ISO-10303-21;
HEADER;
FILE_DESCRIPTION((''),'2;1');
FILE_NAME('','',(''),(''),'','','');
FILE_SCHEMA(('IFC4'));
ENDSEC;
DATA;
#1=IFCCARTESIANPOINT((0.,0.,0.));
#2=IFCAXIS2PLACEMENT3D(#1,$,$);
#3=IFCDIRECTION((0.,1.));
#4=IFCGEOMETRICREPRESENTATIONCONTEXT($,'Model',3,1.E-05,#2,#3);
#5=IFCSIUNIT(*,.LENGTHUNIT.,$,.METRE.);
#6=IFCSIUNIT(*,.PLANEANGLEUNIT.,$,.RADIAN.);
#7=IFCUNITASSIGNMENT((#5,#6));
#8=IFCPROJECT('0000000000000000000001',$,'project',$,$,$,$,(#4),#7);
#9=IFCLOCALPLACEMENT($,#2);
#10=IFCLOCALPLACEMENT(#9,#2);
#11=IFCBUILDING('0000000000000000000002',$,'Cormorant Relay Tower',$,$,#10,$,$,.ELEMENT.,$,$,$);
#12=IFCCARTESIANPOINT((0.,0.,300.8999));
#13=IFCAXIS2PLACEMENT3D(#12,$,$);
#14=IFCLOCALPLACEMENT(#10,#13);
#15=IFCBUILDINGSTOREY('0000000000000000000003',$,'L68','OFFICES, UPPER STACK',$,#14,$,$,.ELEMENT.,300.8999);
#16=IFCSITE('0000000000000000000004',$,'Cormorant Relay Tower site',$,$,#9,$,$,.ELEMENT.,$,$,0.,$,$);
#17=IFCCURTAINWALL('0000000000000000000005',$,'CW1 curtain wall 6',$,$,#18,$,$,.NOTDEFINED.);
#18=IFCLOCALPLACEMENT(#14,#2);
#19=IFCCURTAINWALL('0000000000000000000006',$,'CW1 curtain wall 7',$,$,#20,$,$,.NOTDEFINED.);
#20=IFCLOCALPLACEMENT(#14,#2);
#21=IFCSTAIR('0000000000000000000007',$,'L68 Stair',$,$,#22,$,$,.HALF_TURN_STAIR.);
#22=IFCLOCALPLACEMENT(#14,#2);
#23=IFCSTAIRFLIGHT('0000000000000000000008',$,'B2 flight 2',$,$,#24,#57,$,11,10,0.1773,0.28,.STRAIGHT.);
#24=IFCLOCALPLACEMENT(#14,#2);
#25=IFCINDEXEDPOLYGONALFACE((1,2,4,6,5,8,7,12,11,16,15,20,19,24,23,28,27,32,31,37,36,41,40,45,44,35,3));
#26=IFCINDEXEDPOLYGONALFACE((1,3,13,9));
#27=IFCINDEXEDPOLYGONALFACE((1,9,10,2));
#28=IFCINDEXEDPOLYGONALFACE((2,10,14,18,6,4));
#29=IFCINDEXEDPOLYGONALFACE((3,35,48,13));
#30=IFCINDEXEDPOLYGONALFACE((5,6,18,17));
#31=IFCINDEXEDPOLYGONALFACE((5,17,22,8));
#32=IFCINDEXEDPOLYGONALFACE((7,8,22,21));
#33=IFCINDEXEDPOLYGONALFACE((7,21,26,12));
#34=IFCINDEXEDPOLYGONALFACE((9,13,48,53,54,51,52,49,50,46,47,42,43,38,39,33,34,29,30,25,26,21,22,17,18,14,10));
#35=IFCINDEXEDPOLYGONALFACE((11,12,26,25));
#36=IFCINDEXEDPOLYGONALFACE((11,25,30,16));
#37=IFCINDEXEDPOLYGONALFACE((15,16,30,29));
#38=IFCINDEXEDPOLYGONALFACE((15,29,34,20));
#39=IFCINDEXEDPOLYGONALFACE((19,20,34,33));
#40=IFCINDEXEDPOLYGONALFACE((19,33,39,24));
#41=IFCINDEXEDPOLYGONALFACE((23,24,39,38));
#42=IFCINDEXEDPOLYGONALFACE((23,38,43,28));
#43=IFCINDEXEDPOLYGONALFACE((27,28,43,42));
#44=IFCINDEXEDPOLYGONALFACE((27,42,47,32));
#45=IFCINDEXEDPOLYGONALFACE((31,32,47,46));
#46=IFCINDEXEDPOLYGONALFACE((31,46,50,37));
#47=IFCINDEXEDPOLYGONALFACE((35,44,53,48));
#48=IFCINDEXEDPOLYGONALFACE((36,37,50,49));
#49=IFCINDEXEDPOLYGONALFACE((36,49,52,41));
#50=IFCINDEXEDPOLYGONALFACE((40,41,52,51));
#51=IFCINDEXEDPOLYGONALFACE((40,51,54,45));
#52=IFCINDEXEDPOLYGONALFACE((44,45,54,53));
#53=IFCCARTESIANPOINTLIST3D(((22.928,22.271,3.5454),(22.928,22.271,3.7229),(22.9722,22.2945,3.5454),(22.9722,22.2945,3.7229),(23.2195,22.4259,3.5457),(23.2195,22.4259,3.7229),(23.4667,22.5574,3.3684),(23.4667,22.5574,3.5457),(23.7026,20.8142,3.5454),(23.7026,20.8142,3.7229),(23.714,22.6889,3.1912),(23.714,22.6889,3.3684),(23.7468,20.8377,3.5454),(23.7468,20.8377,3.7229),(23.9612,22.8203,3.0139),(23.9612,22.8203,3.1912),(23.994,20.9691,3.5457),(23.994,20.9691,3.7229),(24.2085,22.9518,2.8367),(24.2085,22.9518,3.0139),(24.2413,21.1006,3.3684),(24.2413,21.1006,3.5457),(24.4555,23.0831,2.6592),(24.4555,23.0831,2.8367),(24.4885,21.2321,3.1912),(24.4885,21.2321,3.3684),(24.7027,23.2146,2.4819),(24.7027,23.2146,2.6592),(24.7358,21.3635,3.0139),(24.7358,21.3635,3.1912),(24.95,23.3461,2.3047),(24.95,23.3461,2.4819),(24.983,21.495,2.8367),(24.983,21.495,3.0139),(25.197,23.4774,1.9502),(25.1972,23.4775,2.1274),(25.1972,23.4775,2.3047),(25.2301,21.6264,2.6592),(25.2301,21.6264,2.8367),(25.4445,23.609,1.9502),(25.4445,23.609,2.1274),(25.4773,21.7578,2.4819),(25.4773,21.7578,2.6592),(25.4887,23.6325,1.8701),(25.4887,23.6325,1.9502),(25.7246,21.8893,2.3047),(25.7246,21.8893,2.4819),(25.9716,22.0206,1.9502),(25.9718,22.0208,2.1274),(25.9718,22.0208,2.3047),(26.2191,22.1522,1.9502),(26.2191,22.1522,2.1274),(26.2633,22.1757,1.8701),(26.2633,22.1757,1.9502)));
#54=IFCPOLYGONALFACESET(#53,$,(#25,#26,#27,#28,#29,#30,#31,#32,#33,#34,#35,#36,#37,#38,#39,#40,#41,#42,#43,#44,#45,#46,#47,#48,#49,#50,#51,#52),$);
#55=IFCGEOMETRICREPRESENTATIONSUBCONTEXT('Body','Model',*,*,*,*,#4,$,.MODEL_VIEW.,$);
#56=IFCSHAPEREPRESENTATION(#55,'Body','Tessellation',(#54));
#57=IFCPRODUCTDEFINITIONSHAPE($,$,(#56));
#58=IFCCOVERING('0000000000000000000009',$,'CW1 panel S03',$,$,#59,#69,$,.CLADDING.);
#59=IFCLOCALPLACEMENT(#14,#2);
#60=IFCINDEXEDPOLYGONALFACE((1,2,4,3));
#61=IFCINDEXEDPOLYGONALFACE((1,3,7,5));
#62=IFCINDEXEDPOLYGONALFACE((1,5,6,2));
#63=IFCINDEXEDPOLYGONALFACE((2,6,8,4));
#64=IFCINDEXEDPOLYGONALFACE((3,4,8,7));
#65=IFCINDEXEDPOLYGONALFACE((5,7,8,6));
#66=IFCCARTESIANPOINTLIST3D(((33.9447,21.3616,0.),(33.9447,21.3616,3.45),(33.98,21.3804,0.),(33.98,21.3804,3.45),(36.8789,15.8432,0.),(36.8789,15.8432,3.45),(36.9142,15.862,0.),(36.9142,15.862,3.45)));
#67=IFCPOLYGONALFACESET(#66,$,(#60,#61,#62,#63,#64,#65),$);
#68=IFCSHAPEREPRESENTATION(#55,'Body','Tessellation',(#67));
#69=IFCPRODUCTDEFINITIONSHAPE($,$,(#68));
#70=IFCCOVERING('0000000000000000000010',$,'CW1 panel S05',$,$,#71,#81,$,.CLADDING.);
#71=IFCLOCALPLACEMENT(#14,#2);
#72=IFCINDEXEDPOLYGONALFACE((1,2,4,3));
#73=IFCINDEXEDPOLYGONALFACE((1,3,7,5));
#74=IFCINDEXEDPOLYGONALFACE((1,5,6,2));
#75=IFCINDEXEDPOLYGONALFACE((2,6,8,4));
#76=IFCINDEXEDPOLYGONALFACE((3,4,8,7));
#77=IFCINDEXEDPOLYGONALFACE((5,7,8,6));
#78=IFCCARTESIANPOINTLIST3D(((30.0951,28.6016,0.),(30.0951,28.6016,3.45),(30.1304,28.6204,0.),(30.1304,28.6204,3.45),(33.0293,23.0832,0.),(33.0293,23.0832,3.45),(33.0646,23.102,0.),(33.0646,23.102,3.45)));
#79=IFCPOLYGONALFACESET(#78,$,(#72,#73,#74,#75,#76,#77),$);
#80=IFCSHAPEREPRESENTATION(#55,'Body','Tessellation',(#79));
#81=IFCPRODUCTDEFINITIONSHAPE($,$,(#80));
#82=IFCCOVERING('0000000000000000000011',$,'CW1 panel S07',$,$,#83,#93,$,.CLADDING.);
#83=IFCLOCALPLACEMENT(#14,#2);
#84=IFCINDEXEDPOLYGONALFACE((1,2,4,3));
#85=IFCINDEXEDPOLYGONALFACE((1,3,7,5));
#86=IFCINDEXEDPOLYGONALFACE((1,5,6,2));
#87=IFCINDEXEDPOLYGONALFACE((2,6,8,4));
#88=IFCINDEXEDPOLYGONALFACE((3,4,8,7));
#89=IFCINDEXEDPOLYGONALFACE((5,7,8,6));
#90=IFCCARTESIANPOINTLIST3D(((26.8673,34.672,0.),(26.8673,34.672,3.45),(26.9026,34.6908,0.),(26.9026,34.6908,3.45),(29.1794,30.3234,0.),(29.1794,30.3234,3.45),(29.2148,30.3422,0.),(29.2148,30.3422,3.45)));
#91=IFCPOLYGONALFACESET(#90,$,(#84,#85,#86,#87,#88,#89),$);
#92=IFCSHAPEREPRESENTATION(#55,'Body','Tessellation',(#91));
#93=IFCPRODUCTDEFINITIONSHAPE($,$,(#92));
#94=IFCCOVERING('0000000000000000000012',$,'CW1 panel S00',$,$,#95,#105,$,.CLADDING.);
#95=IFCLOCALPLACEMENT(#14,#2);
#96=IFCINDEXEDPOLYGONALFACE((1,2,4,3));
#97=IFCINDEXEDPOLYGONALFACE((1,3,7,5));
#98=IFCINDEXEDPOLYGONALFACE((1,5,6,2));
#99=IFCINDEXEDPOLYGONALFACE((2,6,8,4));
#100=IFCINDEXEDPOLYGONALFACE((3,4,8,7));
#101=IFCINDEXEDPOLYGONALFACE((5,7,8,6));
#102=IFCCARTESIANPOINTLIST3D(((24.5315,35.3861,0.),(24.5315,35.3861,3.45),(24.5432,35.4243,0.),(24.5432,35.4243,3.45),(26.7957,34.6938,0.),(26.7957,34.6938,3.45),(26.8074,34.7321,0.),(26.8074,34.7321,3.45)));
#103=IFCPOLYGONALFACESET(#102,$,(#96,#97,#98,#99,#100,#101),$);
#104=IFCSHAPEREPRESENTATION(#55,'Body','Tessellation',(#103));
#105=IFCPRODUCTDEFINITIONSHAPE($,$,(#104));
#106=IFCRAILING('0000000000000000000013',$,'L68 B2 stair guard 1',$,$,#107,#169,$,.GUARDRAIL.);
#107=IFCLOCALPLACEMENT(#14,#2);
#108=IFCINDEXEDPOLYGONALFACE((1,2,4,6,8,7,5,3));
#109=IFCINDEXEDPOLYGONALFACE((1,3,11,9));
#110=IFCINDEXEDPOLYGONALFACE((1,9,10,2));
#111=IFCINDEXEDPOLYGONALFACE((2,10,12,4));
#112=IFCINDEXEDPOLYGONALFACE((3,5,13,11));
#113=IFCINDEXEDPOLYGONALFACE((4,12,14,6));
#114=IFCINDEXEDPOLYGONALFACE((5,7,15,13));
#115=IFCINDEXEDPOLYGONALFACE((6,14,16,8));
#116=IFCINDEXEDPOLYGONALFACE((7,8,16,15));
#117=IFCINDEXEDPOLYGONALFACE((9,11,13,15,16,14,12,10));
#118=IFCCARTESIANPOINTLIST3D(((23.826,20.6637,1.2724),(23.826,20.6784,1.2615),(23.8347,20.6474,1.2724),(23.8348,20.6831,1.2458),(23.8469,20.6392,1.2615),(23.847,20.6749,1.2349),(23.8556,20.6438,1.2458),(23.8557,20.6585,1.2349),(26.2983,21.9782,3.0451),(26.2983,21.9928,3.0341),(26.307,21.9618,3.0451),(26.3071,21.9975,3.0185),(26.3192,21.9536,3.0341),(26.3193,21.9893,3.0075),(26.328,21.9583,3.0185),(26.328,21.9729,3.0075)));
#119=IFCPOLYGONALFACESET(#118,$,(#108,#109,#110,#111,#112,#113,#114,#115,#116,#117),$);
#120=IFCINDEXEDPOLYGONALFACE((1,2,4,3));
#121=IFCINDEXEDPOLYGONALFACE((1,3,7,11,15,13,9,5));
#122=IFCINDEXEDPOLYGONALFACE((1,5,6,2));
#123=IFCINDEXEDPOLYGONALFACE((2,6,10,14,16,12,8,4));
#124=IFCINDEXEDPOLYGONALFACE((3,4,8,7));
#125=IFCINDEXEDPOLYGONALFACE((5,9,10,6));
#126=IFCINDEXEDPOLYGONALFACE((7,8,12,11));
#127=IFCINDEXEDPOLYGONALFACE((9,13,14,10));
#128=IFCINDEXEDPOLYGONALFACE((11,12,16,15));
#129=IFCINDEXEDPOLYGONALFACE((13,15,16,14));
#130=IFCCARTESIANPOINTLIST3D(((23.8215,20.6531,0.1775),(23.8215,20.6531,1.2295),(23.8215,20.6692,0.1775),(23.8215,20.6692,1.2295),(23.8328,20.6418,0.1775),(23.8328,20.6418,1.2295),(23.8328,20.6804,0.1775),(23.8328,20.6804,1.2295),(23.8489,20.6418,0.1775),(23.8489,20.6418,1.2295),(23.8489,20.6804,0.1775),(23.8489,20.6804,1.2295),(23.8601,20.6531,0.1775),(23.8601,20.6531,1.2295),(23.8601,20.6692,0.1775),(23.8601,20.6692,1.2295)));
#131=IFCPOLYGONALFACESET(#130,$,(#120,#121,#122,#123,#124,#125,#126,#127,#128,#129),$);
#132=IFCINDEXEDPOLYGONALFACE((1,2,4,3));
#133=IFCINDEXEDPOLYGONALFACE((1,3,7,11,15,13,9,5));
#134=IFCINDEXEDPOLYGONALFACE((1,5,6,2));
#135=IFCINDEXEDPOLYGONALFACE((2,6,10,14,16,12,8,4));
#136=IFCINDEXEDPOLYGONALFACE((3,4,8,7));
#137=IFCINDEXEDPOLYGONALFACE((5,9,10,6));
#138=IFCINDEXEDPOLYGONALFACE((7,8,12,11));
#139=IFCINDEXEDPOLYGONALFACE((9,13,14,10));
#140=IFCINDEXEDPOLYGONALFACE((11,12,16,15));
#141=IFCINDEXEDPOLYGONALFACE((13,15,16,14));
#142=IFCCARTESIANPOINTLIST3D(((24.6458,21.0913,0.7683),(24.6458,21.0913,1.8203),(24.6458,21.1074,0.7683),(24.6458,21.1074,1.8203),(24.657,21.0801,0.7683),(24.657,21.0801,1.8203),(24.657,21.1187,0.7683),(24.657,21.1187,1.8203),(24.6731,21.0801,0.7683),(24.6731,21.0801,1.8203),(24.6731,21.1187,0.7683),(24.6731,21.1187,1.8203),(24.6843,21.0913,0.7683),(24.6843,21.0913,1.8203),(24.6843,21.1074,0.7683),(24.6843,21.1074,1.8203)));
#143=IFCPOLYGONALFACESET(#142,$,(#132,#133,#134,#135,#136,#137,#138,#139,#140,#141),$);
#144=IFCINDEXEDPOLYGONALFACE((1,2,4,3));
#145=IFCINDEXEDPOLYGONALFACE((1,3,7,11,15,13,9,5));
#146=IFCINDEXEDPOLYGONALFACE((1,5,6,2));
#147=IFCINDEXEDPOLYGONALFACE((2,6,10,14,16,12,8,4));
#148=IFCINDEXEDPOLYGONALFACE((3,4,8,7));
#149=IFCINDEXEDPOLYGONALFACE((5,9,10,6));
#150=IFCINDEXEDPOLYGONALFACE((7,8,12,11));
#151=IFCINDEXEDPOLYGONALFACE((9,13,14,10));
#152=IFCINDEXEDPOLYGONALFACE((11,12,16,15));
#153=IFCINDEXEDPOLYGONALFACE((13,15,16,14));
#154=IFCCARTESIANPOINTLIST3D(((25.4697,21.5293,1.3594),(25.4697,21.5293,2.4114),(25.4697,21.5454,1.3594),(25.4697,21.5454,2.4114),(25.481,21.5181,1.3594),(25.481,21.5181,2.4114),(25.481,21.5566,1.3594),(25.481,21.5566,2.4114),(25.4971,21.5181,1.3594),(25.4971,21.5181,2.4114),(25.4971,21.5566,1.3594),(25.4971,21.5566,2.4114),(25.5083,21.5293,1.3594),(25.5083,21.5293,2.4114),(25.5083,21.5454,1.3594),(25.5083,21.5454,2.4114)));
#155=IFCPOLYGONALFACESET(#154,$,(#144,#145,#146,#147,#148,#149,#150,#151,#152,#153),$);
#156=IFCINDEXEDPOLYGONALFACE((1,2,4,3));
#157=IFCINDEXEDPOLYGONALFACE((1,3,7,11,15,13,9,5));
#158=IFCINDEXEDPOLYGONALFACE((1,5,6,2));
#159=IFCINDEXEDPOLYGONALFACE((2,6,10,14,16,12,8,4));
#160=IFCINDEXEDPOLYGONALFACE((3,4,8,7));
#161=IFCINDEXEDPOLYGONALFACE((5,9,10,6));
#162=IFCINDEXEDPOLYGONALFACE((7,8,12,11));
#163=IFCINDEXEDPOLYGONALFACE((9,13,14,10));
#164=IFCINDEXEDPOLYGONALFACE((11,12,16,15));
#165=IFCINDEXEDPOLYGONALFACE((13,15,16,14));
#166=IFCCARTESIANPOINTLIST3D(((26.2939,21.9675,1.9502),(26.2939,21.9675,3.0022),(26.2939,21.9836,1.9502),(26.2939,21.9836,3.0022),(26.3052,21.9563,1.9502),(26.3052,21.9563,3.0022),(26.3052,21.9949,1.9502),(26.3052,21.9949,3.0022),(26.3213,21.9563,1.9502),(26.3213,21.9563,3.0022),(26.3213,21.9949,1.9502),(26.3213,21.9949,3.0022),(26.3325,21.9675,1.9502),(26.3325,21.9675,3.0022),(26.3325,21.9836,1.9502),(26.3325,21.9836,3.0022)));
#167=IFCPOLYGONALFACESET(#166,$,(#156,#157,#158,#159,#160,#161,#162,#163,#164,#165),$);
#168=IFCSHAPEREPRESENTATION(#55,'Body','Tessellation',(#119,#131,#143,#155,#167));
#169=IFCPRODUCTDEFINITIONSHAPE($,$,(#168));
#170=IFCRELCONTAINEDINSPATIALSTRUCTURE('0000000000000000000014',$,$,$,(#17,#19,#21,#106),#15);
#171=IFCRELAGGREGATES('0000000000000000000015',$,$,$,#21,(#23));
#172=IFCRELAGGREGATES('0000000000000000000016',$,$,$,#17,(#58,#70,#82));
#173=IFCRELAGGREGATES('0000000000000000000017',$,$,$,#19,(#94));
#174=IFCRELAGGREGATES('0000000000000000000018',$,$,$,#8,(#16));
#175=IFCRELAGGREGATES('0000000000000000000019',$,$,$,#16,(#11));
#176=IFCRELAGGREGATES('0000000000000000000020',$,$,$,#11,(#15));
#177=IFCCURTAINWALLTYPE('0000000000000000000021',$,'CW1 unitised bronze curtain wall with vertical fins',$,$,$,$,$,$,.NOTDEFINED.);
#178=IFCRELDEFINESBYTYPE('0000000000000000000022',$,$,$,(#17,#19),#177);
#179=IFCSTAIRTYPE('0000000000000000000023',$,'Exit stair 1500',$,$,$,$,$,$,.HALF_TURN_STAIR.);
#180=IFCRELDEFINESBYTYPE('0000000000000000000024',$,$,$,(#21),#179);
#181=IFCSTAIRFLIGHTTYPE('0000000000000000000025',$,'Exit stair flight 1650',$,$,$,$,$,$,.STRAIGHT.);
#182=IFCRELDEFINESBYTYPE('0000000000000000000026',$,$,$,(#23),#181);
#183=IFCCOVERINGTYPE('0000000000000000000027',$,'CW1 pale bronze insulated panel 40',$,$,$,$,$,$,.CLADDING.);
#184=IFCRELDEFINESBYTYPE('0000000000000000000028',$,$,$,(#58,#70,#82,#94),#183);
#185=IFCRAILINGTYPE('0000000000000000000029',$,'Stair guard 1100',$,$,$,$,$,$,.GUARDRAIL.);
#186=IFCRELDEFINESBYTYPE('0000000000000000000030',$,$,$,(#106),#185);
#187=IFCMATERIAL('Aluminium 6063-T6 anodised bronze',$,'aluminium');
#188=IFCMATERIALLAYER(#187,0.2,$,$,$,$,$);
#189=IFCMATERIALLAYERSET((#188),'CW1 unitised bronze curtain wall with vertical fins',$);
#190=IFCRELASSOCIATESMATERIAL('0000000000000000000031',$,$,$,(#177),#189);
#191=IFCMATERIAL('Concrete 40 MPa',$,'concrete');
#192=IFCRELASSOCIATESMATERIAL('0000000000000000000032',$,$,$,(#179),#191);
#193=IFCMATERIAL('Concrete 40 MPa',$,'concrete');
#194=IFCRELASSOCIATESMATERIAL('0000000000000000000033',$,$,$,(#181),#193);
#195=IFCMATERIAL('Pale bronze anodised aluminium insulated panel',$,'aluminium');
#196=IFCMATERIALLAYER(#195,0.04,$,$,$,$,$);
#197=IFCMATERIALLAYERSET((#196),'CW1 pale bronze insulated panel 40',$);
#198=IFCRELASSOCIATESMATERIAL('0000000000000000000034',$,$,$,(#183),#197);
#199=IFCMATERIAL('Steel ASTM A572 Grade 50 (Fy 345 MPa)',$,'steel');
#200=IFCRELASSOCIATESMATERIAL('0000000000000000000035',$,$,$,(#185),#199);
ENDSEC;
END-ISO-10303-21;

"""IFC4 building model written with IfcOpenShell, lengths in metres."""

from ifc_helpers import new_model, si_unit, direction, frame, origin, origin_2d, place, context, subcontext, project, spatial, polyline, rectangle, outline, extrude, material, layer, layer_set, type_object, element, aggregate, save


model = new_model("IFC4")

# Units and contexts
model_context = context("Model", 3, precision=1e-05, world=origin(), true_north=direction((0.0, 1.0)))
body_context = subcontext(model_context, "Body", "Model", "MODEL_VIEW")
ifc_project = project(units=[si_unit("LENGTHUNIT", "METRE"), si_unit("PLANEANGLEUNIT", "RADIAN")], contexts=[model_context])

# Site, building, storey
site_placement = place(None, origin())
site = spatial("IfcSite", under=ifc_project, at=site_placement, Name="Cormorant Relay Tower site", CompositionType="ELEMENT", RefElevation=0.0)
building_placement = place(site_placement, origin())
building = spatial("IfcBuilding", under=site, at=building_placement, Name="Cormorant Relay Tower", CompositionType="ELEMENT")
storey_placement = place(building_placement, frame((0.0, 0.0, 300.8999)))
storey = spatial("IfcBuildingStorey", under=building, at=storey_placement, Name="L68", Description="OFFICES, UPPER STACK", CompositionType="ELEMENT", Elevation=300.8999)

# Curtain walls
ifc_material_1 = material(Name="Aluminium 6063-T6 anodised bronze", Category="aluminium")
ifc_layer_1 = layer(ifc_material_1, 0.2)
ifc_layer_set_1 = layer_set([ifc_layer_1], Name="CW1 unitised bronze curtain wall with vertical fins")
curtain_wall_type = type_object("IfcCurtainWallType", Name="CW1 unitised bronze curtain wall with vertical fins", PredefinedType="NOTDEFINED", material=ifc_layer_set_1)
curtain_wall_1_placement = place(storey_placement, origin())
curtain_wall_1 = element("IfcCurtainWall", 1, at=curtain_wall_1_placement, inside=storey, type_object=curtain_wall_type, Name="CW1 curtain wall 6", PredefinedType="NOTDEFINED")
curtain_wall_2_placement = place(storey_placement, origin())
curtain_wall_2 = element("IfcCurtainWall", 2, at=curtain_wall_2_placement, inside=storey, type_object=curtain_wall_type, Name="CW1 curtain wall 7", PredefinedType="NOTDEFINED")

# Stair, stair flight
ifc_material_2 = material(Name="Concrete 40 MPa", Category="concrete")
stair_type = type_object("IfcStairType", Name="Exit stair 1500", PredefinedType="HALF_TURN_STAIR", material=ifc_material_2)
stair_placement = place(storey_placement, origin())
stair = element("IfcStair", 3, at=stair_placement, inside=storey, type_object=stair_type, Name="L68 Stair", PredefinedType="HALF_TURN_STAIR")
ifc_material_3 = material(Name="Concrete 40 MPa", Category="concrete")
stair_flight_type = type_object("IfcStairFlightType", Name="Exit stair flight 1650", PredefinedType="STRAIGHT", material=ifc_material_3)
stair_flight_1_placement = place(storey_placement, frame((25.8318, 22.8806, 1.9502), z_axis=(0.0, 0.0, 1.0), x_axis=(-0.882948, -0.469472, 0.0)))
stair_flight_1 = element("IfcStairFlight", 4, at=stair_flight_1_placement, type_object=stair_flight_type, Name="B2 flight 2", NumberOfRisers=11, NumberOfTreads=10, PredefinedType="STRAIGHT", RiserHeight=0.1773, TreadLength=0.28, context=body_context, shape_type="SweptSolid", body=[
    extrude(outline(polyline([(-0.05, -0.0801), (-0.05, 0.0), (0.0, 0.0), (0.0, 0.1772), (0.28, 0.1772), (0.28, 0.3545), (0.5601, 0.3545), (0.5601, 0.5317), (0.8401, 0.5317), (0.8401, 0.709), (1.1201, 0.709), (1.1201, 0.8865), (1.3999, 0.8865), (1.3999, 1.0637), (1.6799, 1.0637), (1.6799, 1.241), (1.96, 1.241), (1.96, 1.4182), (2.24, 1.4182), (2.24, 1.5955), (2.52, 1.5955), (2.52, 1.7727), (2.8, 1.7727), (2.8501, 1.7727), (2.8501, 1.5952), (2.8, 1.5952), (0.2803, 0.0), (-0.05, -0.0801)])), frame((0.0, 0.825, 0.0), z_axis=(0.0, -1.0, 0.0), x_axis=(1.0, 0.0, 0.0)), (0.0, 0.0, 1.0), 1.6499),
])
aggregate(stair, [stair_flight_1])

# Coverings
ifc_material_4 = material(Name="Pale bronze anodised aluminium insulated panel", Category="aluminium")
ifc_layer_2 = layer(ifc_material_4, 0.04)
ifc_layer_set_2 = layer_set([ifc_layer_2], Name="CW1 pale bronze insulated panel 40")
covering_type = type_object("IfcCoveringType", Name="CW1 pale bronze insulated panel 40", PredefinedType="CLADDING", material=ifc_layer_set_2)
covering_1_placement = place(storey_placement, frame((35.4294, 18.6118, 0.0), z_axis=(0.0, 0.0, 1.0), x_axis=(-0.469472, 0.882948, 0.0)))
covering_1 = element("IfcCovering", 5, at=covering_1_placement, type_object=covering_type, Name="CW1 panel S03", PredefinedType="CLADDING", context=body_context, shape_type="SweptSolid", body=[
    extrude(rectangle(XDim=6.25, YDim=0.04, at=origin_2d()), origin(), (0.0, 0.0, 1.0), 3.45),
])
covering_2_placement = place(storey_placement, frame((31.5798, 25.8518, 0.0), z_axis=(0.0, 0.0, 1.0), x_axis=(-0.469472, 0.882948, 0.0)))
covering_2 = element("IfcCovering", 6, at=covering_2_placement, type_object=covering_type, Name="CW1 panel S05", PredefinedType="CLADDING", context=body_context, shape_type="SweptSolid", body=[
    extrude(rectangle(XDim=6.25, YDim=0.04, at=origin_2d()), origin(), (0.0, 0.0, 1.0), 3.45),
])
covering_3_placement = place(storey_placement, frame((28.041, 32.5071, 0.0), z_axis=(0.0, 0.0, 1.0), x_axis=(-0.469472, 0.882948, 0.0)))
covering_3 = element("IfcCovering", 7, at=covering_3_placement, type_object=covering_type, Name="CW1 panel S07", PredefinedType="CLADDING", context=body_context, shape_type="SweptSolid", body=[
    extrude(rectangle(XDim=4.925, YDim=0.04, at=origin_2d()), origin(), (0.0, 0.0, 1.0), 3.45),
])
aggregate(curtain_wall_1, [covering_1, covering_2, covering_3])
covering_4_placement = place(storey_placement, frame((25.6694, 35.0591, 0.0), z_axis=(0.0, 0.0, 1.0), x_axis=(-0.956305, 0.292372, 0.0)))
covering_4 = element("IfcCovering", 8, at=covering_4_placement, type_object=covering_type, Name="CW1 panel S00", PredefinedType="CLADDING", context=body_context, shape_type="SweptSolid", body=[
    extrude(rectangle(XDim=2.3677, YDim=0.04, at=origin_2d()), origin(), (0.0, 0.0, 1.0), 3.45),
])
aggregate(curtain_wall_2, [covering_4])

# Railing
ifc_material_5 = material(Name="Steel ASTM A572 Grade 50 (Fy 345 MPa)", Category="steel")
railing_type_1 = type_object("IfcRailingType", Name="Stair guard 1100", PredefinedType="GUARDRAIL", material=ifc_material_5)
railing_1_placement = place(storey_placement, frame((23.8408, 20.6611, 0.1775)))
element("IfcRailing", 9, at=railing_1_placement, inside=storey, type_object=railing_type_1, Name="L68 B2 stair guard 1", PredefinedType="GUARDRAIL", context=body_context, shape_type="SweptSolid", body=[
    extrude(outline(polyline([(0.0222, 0.0093), (0.0093, 0.0222), (-0.0093, 0.0222), (-0.0222, 0.0093), (-0.0222, -0.0093), (-0.0093, -0.0222), (0.0093, -0.0222), (0.0222, -0.0093), (0.0222, 0.0093)])), frame((0.0, 0.0, 1.0762), z_axis=(0.746034, 0.396627, 0.534902), x_axis=(-0.469429, 0.88297, 0.0)), (0.0, 0.0, 1.0), 3.314),
    extrude(outline(polyline([(0.0193, 0.0081), (0.0081, 0.0193), (-0.0081, 0.0193), (-0.0193, 0.0081), (-0.0193, -0.0081), (-0.0081, -0.0193), (0.0081, -0.0193), (0.0193, -0.0081), (0.0193, 0.0081)])), origin(), (0.0, 0.0, 1.0), 1.052),
    extrude(outline(polyline([(0.0193, 0.0081), (0.0081, 0.0193), (-0.0081, 0.0193), (-0.0193, 0.0081), (-0.0193, -0.0081), (-0.0081, -0.0193), (0.0081, -0.0193), (0.0193, -0.0081), (0.0193, 0.0081)])), frame((0.8242, 0.4382, 0.5908)), (0.0, 0.0, 1.0), 1.052),
    extrude(outline(polyline([(0.0193, 0.0081), (0.0081, 0.0193), (-0.0081, 0.0193), (-0.0193, 0.0081), (-0.0193, -0.0081), (-0.0081, -0.0193), (0.0081, -0.0193), (0.0193, -0.0081), (0.0193, 0.0081)])), frame((1.6482, 0.8762, 1.1819)), (0.0, 0.0, 1.0), 1.052),
    extrude(outline(polyline([(0.0193, 0.0081), (0.0081, 0.0193), (-0.0081, 0.0193), (-0.0193, 0.0081), (-0.0193, -0.0081), (-0.0081, -0.0193), (0.0081, -0.0193), (0.0193, -0.0081), (0.0193, 0.0081)])), frame((2.4724, 1.3145, 1.7727)), (0.0, 0.0, 1.0), 1.052),
])

save(model, "model.ifc")
